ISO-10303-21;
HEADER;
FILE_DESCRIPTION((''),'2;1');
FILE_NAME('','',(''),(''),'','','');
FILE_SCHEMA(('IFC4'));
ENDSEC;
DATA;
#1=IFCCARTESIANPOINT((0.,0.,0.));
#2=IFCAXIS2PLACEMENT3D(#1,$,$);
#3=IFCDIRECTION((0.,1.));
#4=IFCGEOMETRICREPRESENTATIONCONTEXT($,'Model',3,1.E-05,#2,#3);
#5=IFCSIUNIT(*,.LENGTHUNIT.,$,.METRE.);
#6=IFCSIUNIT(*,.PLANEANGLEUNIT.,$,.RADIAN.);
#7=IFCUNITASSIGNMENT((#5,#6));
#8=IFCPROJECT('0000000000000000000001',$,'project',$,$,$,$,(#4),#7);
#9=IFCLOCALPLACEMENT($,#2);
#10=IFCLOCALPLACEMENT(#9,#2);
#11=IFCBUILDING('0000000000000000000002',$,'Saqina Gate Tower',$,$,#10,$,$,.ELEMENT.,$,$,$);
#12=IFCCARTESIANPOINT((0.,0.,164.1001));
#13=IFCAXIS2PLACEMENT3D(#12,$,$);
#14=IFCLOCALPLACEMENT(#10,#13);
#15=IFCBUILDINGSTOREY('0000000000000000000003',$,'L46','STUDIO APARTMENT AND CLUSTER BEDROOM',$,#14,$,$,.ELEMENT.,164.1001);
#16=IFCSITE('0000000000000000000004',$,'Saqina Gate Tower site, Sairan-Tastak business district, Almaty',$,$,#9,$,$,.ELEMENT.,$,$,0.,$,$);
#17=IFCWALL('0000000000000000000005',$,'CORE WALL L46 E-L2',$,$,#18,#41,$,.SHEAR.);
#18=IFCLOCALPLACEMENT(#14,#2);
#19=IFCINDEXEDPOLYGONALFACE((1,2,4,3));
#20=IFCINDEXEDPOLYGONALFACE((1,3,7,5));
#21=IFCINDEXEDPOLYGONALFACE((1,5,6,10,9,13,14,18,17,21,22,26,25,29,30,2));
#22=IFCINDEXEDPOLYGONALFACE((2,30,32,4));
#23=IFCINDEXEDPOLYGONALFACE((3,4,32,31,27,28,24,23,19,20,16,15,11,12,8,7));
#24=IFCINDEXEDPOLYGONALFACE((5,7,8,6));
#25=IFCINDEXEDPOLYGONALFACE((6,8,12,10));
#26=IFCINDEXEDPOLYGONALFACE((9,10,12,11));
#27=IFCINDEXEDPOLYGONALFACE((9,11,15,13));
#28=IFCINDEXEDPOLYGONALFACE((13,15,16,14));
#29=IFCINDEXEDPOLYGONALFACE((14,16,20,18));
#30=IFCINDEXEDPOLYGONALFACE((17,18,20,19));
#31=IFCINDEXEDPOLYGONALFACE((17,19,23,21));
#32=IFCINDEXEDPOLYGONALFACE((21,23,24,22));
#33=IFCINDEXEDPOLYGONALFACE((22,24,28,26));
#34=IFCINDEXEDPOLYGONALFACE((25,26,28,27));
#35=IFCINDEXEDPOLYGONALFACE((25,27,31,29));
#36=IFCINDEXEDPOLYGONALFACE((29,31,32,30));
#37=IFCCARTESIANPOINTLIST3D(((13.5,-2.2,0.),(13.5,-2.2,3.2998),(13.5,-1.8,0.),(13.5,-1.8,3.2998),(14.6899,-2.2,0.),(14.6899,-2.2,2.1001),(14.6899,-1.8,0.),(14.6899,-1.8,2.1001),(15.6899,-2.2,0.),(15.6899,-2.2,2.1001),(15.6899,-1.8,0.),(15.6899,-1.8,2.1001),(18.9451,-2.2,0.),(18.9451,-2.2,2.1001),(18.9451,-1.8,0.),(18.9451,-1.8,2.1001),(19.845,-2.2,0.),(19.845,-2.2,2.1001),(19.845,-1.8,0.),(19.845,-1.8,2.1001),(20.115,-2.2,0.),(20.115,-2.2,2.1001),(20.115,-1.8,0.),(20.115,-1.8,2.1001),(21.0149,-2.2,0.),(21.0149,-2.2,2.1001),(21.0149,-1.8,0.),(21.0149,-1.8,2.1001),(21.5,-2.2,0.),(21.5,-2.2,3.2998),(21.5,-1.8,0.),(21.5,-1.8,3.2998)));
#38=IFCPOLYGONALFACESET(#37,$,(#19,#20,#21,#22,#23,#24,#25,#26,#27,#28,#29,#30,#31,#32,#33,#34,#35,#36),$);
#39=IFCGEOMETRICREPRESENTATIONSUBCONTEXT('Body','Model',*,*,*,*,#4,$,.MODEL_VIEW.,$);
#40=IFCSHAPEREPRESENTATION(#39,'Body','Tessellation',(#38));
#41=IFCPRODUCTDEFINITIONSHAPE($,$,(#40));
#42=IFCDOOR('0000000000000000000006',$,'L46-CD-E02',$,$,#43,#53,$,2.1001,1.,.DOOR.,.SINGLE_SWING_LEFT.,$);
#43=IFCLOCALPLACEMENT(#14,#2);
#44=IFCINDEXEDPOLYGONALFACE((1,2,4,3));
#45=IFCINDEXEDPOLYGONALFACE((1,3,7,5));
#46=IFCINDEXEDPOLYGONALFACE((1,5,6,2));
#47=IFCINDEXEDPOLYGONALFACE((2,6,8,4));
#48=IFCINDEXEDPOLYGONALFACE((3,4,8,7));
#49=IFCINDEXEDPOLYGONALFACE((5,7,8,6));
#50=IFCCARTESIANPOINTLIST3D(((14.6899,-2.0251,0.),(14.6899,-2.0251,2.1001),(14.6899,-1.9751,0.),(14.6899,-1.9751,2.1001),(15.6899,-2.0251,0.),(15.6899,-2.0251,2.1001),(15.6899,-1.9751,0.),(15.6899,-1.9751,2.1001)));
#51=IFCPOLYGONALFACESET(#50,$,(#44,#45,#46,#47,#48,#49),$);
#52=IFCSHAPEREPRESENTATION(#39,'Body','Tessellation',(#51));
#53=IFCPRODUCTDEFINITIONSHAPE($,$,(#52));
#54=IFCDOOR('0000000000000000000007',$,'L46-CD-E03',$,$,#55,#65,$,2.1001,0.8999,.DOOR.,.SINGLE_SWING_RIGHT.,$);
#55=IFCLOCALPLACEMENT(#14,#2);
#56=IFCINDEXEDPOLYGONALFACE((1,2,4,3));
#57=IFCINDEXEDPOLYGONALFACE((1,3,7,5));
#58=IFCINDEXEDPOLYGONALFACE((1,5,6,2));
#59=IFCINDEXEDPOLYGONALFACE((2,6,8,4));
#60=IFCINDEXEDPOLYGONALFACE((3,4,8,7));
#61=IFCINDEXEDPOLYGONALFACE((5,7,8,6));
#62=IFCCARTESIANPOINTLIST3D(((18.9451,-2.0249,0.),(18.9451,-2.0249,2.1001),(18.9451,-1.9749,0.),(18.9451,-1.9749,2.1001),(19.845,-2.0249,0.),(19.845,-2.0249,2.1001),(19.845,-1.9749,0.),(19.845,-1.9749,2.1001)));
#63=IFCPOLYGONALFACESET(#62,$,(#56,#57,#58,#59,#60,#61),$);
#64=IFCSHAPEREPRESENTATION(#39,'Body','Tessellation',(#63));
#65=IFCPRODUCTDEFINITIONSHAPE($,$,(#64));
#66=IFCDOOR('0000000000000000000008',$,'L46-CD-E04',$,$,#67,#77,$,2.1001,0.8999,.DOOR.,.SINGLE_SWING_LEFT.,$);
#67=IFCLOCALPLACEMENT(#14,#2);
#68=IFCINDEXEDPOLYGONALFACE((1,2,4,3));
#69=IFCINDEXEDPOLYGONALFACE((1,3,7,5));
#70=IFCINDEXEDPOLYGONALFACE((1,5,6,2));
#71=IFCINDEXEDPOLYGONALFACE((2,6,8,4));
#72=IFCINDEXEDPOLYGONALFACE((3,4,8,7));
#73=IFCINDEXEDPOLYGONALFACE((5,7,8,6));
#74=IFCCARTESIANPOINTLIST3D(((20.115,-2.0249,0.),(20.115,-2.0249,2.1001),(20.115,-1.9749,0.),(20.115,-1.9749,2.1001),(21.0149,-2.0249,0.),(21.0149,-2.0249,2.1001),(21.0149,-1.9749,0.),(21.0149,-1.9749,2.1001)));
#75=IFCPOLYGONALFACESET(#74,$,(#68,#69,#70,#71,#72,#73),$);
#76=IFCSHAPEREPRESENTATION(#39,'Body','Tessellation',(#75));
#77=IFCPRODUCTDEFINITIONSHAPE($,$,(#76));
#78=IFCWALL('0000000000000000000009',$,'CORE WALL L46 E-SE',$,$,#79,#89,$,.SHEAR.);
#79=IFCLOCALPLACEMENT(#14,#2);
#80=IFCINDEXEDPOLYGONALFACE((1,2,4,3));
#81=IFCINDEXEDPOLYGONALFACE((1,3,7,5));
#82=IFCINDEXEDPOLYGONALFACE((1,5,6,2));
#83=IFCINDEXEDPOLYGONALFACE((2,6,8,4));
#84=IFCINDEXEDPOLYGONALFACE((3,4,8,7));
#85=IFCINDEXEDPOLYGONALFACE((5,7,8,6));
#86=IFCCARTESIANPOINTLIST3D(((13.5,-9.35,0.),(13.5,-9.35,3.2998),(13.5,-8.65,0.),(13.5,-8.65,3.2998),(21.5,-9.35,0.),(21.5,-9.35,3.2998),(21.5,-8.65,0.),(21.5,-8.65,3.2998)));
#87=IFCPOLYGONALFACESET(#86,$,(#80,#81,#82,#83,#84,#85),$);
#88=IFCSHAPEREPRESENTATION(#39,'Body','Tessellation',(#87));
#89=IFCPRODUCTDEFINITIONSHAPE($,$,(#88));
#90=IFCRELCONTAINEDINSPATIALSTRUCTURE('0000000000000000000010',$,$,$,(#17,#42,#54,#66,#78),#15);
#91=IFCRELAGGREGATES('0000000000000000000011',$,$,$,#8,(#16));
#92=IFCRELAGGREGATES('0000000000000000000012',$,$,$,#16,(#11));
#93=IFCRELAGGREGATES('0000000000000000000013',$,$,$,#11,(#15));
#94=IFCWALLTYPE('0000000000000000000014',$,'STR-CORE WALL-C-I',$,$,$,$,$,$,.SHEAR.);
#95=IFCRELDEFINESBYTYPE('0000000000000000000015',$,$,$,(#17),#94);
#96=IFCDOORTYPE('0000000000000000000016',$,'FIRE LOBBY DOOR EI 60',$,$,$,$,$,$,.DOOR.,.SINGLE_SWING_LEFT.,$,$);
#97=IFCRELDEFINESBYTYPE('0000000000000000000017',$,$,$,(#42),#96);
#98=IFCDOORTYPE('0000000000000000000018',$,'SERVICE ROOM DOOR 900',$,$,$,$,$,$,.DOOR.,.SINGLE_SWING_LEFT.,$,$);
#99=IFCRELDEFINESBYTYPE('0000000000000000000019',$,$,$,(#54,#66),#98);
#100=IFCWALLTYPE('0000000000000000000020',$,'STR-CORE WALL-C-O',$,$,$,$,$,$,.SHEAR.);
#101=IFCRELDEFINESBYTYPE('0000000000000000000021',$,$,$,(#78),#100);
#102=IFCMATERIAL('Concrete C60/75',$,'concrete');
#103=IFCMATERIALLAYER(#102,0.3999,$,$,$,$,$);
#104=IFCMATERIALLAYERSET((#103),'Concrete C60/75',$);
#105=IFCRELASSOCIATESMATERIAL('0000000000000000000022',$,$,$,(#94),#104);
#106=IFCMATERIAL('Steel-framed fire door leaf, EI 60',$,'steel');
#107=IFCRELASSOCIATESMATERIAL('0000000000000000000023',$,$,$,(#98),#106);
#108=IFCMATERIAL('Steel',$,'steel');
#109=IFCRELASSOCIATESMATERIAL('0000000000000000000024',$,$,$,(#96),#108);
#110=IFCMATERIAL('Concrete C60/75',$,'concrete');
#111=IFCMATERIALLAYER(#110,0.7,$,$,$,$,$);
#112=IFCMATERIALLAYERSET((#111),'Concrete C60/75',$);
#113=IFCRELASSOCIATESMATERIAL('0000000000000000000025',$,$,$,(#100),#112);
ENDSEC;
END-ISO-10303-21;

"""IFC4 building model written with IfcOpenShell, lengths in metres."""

from ifc_helpers import new_model, si_unit, direction, frame, frame_2d, origin, place, context, subcontext, project, spatial, rectangle, extrude, material, layer, layer_set, type_object, element, fill, save


model = new_model("IFC4")

# Units and contexts
model_context = context("Model", 3, precision=1e-05, world=origin(), true_north=direction((0.0, 1.0)))
body_context = subcontext(model_context, "Body", "Model", "MODEL_VIEW")
ifc_project = project(units=[si_unit("LENGTHUNIT", "METRE"), si_unit("PLANEANGLEUNIT", "RADIAN")], contexts=[model_context])

# Site, building, storey
site_placement = place(None, origin())
site = spatial("IfcSite", under=ifc_project, at=site_placement, Name="Saqina Gate Tower site, Sairan-Tastak business district, Almaty", CompositionType="ELEMENT", RefElevation=0.0)
building_placement = place(site_placement, origin())
building = spatial("IfcBuilding", under=site, at=building_placement, Name="Saqina Gate Tower", CompositionType="ELEMENT")
storey_placement = place(building_placement, frame((0.0, 0.0, 164.1001)))
storey = spatial("IfcBuildingStorey", under=building, at=storey_placement, Name="L46", Description="STUDIO APARTMENT AND CLUSTER BEDROOM", CompositionType="ELEMENT", Elevation=164.1001)

# Wall, openings, doors
ifc_material_1 = material(Name="Concrete C60/75", Category="concrete")
ifc_layer_1 = layer(ifc_material_1, 0.3999)
ifc_layer_set_1 = layer_set([ifc_layer_1], Name="Concrete C60/75")
wall_type_1 = type_object("IfcWallType", Name="STR-CORE WALL-C-I", PredefinedType="SHEAR", material=ifc_layer_set_1)
ifc_material_2 = material(Name="Steel-framed fire door leaf, EI 60", Category="steel")
door_type_1 = type_object("IfcDoorType", Name="SERVICE ROOM DOOR 900", OperationType="SINGLE_SWING_LEFT", PredefinedType="DOOR", material=ifc_material_2)
wall_1_placement = place(storey_placement, frame((13.5, -2.0, 0.0), z_axis=(0.0, 0.0, 1.0), x_axis=(1.0, 0.0, 0.0)))
wall_1 = element("IfcWall", 1, at=wall_1_placement, inside=storey, type_object=wall_type_1, Name="CORE WALL L46 E-L2", PredefinedType="SHEAR", context=body_context, shape_type="SweptSolid", body=[
    extrude(rectangle(XDim=8.0, YDim=0.3999, at=frame_2d((4.0, 0.0))), origin(), (0.0, 0.0, 1.0), 3.2998),
])
opening_1_placement = place(wall_1_placement, frame((1.1899, 0.0, 0.0)))
opening_1 = element("IfcOpeningElement", 2, at=opening_1_placement, cuts=wall_1, PredefinedType="OPENING", context=body_context, shape_type="SweptSolid", body=[
    extrude(rectangle(XDim=1.0, YDim=2.1001, at=frame_2d((0.5, 1.05))), frame((0.0, 0.2119, 0.0), z_axis=(0.0, -1.0, 0.0), x_axis=(1.0, 0.0, 0.0)), (0.0, 0.0, 1.0), 0.4238),
])
opening_2_placement = place(wall_1_placement, frame((5.4451, 0.0, 0.0)))
opening_2 = element("IfcOpeningElement", 3, at=opening_2_placement, cuts=wall_1, PredefinedType="OPENING", context=body_context, shape_type="SweptSolid", body=[
    extrude(rectangle(XDim=0.8999, YDim=2.1001, at=frame_2d((0.45, 1.05))), frame((0.0, 0.2119, 0.0), z_axis=(0.0, -1.0, 0.0), x_axis=(1.0, 0.0, 0.0)), (0.0, 0.0, 1.0), 0.4238),
])
opening_3_placement = place(wall_1_placement, frame((6.615, 0.0, 0.0)))
opening_3 = element("IfcOpeningElement", 4, at=opening_3_placement, cuts=wall_1, PredefinedType="OPENING", context=body_context, shape_type="SweptSolid", body=[
    extrude(rectangle(XDim=0.8999, YDim=2.1001, at=frame_2d((0.45, 1.05))), frame((0.0, 0.2119, 0.0), z_axis=(0.0, -1.0, 0.0), x_axis=(1.0, 0.0, 0.0)), (0.0, 0.0, 1.0), 0.4238),
])
ifc_material_3 = material(Name="Steel", Category="steel")
door_type_2 = type_object("IfcDoorType", Name="FIRE LOBBY DOOR EI 60", OperationType="SINGLE_SWING_LEFT", PredefinedType="DOOR", material=ifc_material_3)
door_1_placement = place(opening_1_placement, origin())
door_1 = element("IfcDoor", 5, at=door_1_placement, inside=storey, type_object=door_type_2, Name="L46-CD-E02", OperationType="SINGLE_SWING_LEFT", OverallHeight=2.1001, OverallWidth=1.0, PredefinedType="DOOR", context=body_context, shape_type="SweptSolid", body=[
    extrude(rectangle(XDim=1.0, YDim=2.1001, at=frame_2d((0.5, 1.05))), frame((0.0, 0.0249, 0.0), z_axis=(0.0, -1.0, 0.0), x_axis=(1.0, 0.0, 0.0)), (0.0, 0.0, 1.0), 0.05),
])
fill(opening_1, door_1)
door_2_placement = place(opening_2_placement, frame((0.8999, 0.0, 0.0), z_axis=(0.0, 0.0, 1.0), x_axis=(-1.0, 0.0, 0.0)))
door_2 = element("IfcDoor", 6, at=door_2_placement, inside=storey, type_object=door_type_1, Name="L46-CD-E03", OperationType="SINGLE_SWING_RIGHT", OverallHeight=2.1001, OverallWidth=0.8999, PredefinedType="DOOR", context=body_context, shape_type="SweptSolid", body=[
    extrude(rectangle(XDim=0.8999, YDim=2.1001, at=frame_2d((0.45, 1.05))), frame((0.0, 0.0249, 0.0), z_axis=(0.0, -1.0, 0.0), x_axis=(1.0, 0.0, 0.0)), (0.0, 0.0, 1.0), 0.05),
])
fill(opening_2, door_2)
door_3_placement = place(opening_3_placement, frame((0.8999, 0.0, 0.0), z_axis=(0.0, 0.0, 1.0), x_axis=(-1.0, 0.0, 0.0)))
door_3 = element("IfcDoor", 7, at=door_3_placement, inside=storey, type_object=door_type_1, Name="L46-CD-E04", OperationType="SINGLE_SWING_LEFT", OverallHeight=2.1001, OverallWidth=0.8999, PredefinedType="DOOR", context=body_context, shape_type="SweptSolid", body=[
    extrude(rectangle(XDim=0.8999, YDim=2.1001, at=frame_2d((0.45, 1.05))), frame((0.0, 0.0249, 0.0), z_axis=(0.0, -1.0, 0.0), x_axis=(1.0, 0.0, 0.0)), (0.0, 0.0, 1.0), 0.05),
])
fill(opening_3, door_3)
ifc_material_4 = material(Name="Concrete C60/75", Category="concrete")
ifc_layer_2 = layer(ifc_material_4, 0.7)
ifc_layer_set_2 = layer_set([ifc_layer_2], Name="Concrete C60/75")
wall_type_2 = type_object("IfcWallType", Name="STR-CORE WALL-C-O", PredefinedType="SHEAR", material=ifc_layer_set_2)

# Wall
wall_2_placement = place(storey_placement, frame((13.5, -9.0, 0.0), z_axis=(0.0, 0.0, 1.0), x_axis=(1.0, 0.0, 0.0)))
element("IfcWall", 8, at=wall_2_placement, inside=storey, type_object=wall_type_2, Name="CORE WALL L46 E-SE", PredefinedType="SHEAR", context=body_context, shape_type="SweptSolid", body=[
    extrude(rectangle(XDim=8.0, YDim=0.7, at=frame_2d((4.0, 0.0))), origin(), (0.0, 0.0, 1.0), 3.2998),
])

save(model, "model.ifc")
